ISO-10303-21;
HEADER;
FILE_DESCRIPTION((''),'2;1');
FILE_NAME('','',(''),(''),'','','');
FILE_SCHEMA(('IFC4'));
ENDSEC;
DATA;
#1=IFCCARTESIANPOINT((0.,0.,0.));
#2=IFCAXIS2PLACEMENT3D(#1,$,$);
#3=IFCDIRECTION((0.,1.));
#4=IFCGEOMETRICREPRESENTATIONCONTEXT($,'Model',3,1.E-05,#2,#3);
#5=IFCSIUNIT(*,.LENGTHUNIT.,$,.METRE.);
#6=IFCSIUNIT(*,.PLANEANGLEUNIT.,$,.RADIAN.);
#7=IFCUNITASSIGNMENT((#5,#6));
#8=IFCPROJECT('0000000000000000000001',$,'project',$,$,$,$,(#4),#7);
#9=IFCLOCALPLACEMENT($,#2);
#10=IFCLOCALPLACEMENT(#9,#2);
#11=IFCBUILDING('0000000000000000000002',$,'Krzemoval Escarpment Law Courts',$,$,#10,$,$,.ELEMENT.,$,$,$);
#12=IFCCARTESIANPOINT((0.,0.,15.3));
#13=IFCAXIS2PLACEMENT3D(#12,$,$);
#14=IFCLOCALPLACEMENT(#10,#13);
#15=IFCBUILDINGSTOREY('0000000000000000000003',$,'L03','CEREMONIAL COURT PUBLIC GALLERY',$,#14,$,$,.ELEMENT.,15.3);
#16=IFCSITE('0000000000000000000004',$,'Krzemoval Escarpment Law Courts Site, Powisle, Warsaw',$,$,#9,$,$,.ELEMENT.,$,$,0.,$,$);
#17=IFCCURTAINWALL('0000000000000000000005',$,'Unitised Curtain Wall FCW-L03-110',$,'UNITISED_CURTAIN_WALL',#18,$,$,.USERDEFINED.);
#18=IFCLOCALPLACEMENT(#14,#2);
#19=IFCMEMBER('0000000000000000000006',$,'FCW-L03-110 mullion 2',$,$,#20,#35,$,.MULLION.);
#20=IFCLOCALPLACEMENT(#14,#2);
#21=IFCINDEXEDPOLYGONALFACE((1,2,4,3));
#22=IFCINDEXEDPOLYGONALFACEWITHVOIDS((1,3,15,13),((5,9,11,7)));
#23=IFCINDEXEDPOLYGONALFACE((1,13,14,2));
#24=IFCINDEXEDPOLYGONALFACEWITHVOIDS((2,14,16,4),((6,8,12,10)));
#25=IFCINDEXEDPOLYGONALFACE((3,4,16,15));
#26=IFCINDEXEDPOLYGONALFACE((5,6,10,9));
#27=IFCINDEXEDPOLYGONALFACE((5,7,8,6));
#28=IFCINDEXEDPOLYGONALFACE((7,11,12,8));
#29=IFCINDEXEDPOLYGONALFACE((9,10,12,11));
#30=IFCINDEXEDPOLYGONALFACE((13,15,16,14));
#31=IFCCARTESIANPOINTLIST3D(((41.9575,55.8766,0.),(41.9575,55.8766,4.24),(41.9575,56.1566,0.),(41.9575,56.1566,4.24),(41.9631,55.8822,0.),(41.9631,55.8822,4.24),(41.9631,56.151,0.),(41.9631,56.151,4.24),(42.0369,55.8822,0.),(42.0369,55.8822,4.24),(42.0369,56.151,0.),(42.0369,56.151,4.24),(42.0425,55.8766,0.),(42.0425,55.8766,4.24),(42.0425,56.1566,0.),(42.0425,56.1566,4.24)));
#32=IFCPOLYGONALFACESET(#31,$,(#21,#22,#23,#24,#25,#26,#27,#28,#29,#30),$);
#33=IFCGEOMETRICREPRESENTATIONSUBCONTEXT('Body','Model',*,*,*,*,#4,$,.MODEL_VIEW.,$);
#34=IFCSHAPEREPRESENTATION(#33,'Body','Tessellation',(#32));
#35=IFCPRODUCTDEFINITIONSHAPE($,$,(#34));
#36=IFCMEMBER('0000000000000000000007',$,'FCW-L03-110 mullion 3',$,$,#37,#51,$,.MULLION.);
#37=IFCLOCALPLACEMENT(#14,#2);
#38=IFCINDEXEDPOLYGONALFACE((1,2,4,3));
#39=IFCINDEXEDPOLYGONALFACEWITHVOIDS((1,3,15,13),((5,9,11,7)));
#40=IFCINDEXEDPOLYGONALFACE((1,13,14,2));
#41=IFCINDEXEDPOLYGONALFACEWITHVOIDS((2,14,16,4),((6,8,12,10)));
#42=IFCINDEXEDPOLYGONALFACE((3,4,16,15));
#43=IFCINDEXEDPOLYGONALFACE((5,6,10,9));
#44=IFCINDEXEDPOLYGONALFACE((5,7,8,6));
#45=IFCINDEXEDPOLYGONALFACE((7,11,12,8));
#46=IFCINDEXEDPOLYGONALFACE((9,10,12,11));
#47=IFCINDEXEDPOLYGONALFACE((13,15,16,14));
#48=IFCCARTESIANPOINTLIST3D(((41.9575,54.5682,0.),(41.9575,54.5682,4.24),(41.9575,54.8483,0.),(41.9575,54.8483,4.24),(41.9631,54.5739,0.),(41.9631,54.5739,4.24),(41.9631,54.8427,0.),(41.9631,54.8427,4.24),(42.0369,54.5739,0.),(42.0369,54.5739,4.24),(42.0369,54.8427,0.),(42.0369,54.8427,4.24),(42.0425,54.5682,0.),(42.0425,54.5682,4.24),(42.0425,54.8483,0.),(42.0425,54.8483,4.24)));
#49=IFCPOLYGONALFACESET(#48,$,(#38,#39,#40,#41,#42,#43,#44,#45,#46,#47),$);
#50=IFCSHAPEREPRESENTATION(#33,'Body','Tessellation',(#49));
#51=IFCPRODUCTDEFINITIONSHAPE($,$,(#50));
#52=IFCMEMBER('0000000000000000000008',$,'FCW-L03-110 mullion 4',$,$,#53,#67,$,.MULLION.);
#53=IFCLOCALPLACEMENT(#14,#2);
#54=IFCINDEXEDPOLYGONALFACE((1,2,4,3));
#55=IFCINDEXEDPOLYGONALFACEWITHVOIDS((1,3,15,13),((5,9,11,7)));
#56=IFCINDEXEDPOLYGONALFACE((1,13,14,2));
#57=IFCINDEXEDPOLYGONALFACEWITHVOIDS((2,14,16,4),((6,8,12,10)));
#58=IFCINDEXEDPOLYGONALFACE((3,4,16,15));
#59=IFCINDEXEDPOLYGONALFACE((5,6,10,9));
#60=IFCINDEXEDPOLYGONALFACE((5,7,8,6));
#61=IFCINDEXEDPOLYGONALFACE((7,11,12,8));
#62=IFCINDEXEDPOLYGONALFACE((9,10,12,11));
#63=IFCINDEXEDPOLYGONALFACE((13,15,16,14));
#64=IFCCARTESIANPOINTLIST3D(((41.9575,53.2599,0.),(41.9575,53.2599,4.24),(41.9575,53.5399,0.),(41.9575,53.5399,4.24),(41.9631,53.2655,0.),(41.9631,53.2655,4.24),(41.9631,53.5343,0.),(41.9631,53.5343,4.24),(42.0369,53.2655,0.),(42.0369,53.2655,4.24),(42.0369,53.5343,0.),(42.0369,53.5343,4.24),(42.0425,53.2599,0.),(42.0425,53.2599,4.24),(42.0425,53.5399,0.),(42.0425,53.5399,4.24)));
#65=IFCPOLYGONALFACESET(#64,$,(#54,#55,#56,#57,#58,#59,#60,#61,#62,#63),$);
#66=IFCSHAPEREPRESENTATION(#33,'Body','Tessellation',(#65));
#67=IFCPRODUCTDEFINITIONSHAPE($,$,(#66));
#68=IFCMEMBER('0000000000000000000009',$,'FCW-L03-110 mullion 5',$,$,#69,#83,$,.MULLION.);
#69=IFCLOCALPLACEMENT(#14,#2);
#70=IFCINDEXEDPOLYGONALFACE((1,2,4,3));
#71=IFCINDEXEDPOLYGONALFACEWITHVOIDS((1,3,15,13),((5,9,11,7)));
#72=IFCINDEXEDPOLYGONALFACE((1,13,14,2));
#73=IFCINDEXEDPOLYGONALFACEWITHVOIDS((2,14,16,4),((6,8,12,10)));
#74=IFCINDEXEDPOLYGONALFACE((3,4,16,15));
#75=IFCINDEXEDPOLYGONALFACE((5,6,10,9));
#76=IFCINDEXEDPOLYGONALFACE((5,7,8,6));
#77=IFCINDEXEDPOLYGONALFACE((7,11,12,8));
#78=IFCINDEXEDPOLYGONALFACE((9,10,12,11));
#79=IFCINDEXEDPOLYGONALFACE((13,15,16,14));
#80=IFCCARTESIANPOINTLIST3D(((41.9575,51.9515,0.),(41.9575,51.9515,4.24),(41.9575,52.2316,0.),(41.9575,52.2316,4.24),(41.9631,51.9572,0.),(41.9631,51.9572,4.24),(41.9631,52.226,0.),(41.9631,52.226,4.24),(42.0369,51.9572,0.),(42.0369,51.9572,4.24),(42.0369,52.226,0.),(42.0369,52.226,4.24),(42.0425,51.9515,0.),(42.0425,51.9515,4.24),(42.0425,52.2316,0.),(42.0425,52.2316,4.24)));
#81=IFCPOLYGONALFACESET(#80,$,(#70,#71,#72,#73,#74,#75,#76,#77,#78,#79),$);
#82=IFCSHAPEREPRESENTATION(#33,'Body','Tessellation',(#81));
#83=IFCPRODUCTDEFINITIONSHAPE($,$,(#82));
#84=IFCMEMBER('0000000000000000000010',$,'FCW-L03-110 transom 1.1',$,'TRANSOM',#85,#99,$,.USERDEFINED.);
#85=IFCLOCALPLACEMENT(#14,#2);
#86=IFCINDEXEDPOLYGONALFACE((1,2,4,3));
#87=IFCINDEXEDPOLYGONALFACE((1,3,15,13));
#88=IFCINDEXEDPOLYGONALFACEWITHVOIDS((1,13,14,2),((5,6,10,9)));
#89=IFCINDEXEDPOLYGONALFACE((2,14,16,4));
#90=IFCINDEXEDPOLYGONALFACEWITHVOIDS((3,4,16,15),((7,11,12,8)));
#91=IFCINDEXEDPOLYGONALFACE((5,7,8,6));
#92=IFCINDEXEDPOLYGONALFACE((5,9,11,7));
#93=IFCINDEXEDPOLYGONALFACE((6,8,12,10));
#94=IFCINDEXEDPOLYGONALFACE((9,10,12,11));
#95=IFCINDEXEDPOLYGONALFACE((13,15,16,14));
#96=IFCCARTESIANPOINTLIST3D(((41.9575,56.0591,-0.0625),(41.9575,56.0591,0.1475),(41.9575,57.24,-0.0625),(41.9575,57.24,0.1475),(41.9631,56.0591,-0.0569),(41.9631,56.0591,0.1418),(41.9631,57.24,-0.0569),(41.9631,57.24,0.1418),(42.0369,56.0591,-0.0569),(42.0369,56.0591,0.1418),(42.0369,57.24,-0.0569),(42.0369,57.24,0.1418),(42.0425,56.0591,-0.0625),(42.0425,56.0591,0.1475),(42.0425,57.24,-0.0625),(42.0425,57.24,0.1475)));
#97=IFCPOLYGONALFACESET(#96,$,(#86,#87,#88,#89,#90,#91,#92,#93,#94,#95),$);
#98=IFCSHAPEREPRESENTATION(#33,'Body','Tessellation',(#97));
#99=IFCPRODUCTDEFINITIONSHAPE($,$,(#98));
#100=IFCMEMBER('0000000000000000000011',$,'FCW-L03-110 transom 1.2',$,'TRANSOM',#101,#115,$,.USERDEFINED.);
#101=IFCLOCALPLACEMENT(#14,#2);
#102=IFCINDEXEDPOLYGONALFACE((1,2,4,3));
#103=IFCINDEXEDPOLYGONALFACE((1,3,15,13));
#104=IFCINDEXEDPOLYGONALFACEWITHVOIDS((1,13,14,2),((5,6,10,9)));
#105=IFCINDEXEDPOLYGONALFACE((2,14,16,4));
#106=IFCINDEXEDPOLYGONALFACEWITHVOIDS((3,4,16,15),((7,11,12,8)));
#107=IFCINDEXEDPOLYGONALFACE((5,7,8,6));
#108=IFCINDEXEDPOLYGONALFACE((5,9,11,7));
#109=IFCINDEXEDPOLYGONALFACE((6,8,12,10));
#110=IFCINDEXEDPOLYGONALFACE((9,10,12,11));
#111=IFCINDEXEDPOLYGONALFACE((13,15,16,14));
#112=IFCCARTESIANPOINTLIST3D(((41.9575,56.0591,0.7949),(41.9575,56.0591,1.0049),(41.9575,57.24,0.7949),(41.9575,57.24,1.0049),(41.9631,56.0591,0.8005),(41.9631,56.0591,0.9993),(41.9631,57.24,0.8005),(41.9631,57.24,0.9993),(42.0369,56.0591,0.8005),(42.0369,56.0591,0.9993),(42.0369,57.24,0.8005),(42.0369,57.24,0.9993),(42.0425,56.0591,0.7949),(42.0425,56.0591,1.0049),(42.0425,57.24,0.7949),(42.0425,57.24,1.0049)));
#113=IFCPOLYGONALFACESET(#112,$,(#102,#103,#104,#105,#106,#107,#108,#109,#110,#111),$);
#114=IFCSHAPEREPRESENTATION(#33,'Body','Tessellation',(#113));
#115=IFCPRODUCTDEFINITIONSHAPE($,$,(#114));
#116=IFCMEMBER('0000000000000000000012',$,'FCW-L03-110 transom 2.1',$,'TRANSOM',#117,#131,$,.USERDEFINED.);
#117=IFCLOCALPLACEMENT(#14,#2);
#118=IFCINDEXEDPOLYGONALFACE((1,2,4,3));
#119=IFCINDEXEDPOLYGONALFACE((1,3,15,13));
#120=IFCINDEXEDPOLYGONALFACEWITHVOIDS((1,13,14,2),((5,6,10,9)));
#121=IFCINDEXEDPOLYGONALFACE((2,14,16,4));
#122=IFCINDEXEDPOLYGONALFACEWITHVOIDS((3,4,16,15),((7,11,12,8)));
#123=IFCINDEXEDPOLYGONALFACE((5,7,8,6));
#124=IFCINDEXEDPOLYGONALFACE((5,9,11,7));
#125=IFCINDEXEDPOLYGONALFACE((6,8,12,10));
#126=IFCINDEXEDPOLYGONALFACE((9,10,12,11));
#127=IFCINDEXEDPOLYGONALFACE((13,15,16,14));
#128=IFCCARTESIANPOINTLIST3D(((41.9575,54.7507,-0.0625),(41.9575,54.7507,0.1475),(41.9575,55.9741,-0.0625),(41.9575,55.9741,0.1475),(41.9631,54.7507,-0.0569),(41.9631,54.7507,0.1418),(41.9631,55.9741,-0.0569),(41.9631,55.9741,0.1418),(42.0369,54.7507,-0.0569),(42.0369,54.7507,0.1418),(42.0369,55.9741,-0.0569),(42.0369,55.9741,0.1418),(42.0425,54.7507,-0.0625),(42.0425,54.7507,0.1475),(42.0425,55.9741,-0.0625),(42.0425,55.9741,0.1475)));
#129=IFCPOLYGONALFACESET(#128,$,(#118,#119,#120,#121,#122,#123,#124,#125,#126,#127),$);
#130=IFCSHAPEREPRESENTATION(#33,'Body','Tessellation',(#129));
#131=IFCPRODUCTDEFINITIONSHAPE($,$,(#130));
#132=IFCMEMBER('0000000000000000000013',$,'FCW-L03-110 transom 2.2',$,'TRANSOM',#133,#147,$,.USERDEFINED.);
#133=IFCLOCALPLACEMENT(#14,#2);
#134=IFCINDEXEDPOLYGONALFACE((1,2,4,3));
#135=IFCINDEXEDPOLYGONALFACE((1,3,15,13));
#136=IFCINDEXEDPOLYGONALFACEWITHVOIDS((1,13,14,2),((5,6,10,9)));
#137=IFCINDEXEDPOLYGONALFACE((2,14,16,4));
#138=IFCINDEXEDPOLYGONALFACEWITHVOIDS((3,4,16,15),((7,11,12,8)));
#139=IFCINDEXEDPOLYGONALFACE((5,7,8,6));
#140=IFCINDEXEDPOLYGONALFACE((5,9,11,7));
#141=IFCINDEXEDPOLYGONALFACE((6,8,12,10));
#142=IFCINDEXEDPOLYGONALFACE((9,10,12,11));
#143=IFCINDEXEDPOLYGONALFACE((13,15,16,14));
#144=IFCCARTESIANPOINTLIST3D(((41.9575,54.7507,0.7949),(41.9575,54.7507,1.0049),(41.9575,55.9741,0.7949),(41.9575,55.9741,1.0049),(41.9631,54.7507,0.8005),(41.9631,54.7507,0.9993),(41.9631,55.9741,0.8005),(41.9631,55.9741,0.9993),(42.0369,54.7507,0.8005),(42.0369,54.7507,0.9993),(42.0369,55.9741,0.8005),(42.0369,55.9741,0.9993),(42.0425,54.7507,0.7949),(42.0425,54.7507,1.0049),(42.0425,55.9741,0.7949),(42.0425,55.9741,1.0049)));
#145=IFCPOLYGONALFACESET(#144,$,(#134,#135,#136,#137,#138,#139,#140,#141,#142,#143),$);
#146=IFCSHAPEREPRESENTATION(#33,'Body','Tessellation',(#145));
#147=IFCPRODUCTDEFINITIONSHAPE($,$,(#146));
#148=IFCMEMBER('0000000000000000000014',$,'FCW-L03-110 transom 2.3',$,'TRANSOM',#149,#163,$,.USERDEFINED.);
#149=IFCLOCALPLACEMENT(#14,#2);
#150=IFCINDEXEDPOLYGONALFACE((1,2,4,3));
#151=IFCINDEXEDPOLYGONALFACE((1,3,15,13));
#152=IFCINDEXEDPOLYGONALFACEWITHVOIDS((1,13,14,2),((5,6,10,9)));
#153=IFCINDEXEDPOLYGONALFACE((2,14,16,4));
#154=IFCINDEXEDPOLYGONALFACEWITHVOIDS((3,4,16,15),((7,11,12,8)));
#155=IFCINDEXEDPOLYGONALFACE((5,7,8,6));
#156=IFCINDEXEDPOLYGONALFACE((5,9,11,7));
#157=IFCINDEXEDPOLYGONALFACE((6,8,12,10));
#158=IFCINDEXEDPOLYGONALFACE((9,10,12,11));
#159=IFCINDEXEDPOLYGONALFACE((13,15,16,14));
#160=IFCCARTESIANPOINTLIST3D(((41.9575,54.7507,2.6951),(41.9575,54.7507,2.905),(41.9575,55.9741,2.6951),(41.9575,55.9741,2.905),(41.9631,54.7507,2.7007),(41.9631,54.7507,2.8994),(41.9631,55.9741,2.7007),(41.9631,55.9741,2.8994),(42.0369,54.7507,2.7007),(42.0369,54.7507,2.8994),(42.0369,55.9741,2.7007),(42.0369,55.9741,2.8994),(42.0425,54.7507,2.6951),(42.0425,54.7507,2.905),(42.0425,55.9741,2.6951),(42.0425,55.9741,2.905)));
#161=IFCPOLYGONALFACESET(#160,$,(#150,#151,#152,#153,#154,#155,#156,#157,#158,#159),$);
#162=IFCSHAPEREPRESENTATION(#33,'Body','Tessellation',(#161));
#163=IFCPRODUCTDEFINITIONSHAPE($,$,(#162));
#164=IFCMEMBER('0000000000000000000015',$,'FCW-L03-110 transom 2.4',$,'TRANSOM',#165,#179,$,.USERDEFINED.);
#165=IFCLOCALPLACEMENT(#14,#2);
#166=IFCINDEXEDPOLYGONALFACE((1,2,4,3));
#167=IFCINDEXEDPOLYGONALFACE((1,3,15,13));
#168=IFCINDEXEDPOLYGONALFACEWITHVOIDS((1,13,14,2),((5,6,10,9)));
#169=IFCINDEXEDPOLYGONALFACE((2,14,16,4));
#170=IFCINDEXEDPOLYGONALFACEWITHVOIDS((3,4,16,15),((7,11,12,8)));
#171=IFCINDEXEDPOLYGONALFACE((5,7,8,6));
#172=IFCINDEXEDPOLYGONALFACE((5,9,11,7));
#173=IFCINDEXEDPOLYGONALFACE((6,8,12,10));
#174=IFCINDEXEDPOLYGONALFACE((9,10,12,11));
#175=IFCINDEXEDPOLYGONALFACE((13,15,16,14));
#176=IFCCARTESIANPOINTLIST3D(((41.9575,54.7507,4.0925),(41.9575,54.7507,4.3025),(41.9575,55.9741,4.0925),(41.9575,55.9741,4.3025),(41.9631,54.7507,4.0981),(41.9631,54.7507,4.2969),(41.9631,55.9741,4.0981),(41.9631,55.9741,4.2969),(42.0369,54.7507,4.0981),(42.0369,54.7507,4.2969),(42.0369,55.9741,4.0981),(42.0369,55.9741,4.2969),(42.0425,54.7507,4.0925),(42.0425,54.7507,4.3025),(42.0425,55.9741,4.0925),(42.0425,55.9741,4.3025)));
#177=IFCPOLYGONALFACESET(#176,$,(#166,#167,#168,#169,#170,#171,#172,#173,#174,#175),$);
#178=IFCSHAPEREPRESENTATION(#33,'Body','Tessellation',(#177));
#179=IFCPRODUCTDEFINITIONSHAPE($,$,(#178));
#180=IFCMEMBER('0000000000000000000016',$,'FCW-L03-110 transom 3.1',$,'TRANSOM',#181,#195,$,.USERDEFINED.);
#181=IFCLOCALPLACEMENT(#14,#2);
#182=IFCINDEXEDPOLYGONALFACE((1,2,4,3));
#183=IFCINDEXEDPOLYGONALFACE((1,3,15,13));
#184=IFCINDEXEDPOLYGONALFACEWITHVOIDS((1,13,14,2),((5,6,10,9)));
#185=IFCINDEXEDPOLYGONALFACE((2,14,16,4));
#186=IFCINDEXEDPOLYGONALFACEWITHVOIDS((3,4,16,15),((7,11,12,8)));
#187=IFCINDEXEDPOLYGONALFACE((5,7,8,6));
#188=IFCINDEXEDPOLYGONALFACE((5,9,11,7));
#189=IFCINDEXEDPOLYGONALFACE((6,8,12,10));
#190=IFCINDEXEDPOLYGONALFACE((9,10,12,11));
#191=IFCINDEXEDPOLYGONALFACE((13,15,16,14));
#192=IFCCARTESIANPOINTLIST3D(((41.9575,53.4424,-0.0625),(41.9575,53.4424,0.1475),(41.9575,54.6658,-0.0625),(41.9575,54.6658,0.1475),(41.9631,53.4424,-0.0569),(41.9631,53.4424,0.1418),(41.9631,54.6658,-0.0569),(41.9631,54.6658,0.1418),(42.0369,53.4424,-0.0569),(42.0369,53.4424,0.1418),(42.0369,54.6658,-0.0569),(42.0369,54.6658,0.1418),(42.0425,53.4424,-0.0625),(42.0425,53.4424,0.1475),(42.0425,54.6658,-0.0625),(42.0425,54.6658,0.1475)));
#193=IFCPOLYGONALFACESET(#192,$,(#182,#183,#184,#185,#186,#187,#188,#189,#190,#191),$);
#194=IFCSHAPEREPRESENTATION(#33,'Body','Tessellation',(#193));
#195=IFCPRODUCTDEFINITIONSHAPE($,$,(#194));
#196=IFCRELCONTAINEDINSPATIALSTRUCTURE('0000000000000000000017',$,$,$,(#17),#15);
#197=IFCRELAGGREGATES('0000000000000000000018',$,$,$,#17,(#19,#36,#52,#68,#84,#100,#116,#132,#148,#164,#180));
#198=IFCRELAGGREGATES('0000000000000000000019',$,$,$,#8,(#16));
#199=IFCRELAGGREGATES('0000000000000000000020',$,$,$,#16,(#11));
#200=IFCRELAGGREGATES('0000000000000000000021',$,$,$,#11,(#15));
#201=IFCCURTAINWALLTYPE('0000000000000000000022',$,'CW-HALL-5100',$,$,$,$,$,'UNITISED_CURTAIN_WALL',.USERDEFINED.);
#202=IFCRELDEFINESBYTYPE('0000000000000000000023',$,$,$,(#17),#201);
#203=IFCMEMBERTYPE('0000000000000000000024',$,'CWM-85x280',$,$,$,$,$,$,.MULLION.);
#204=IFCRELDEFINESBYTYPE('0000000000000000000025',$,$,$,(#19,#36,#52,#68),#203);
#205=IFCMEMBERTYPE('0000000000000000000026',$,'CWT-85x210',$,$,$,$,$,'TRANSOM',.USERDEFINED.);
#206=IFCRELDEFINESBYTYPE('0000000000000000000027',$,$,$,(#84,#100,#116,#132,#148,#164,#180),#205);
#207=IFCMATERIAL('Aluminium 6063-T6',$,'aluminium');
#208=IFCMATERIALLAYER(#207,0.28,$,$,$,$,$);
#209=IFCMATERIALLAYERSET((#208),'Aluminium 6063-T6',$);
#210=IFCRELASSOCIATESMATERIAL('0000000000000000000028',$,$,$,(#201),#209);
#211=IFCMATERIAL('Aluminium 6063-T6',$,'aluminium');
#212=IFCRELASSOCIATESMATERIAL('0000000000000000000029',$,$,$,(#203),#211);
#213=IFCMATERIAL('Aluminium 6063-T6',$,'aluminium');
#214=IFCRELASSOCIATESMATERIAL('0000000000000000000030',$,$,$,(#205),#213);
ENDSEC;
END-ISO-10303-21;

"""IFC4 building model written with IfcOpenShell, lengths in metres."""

from ifc_helpers import new_model, si_unit, direction, frame, origin, origin_2d, place, context, subcontext, project, spatial, hollow_rectangle, extrude, material, layer, layer_set, material_profile, profile_set, type_object, element, aggregate, save


model = new_model("IFC4")

# Units and contexts
model_context = context("Model", 3, precision=1e-05, world=origin(), true_north=direction((0.0, 1.0)))
body_context = subcontext(model_context, "Body", "Model", "MODEL_VIEW")
ifc_project = project(units=[si_unit("LENGTHUNIT", "METRE"), si_unit("PLANEANGLEUNIT", "RADIAN")], contexts=[model_context])

# Site, building, storey
site_placement = place(None, origin())
site = spatial("IfcSite", under=ifc_project, at=site_placement, Name="Krzemoval Escarpment Law Courts Site, Powisle, Warsaw", CompositionType="ELEMENT", RefElevation=0.0)
building_placement = place(site_placement, origin())
building = spatial("IfcBuilding", under=site, at=building_placement, Name="Krzemoval Escarpment Law Courts", CompositionType="ELEMENT")
storey_placement = place(building_placement, frame((0.0, 0.0, 15.3)))
storey = spatial("IfcBuildingStorey", under=building, at=storey_placement, Name="L03", Description="CEREMONIAL COURT PUBLIC GALLERY", CompositionType="ELEMENT", Elevation=15.3)

# Curtain wall, members
ifc_material_1 = material(Name="Aluminium 6063-T6", Category="aluminium")
ifc_layer_1 = layer(ifc_material_1, 0.28)
ifc_layer_set_1 = layer_set([ifc_layer_1], Name="Aluminium 6063-T6")
curtain_wall_type = type_object("IfcCurtainWallType", Name="CW-HALL-5100", ElementType="UNITISED_CURTAIN_WALL", PredefinedType="USERDEFINED", material=ifc_layer_set_1)
curtain_wall_placement = place(storey_placement, origin())
curtain_wall = element("IfcCurtainWall", 1, at=curtain_wall_placement, inside=storey, type_object=curtain_wall_type, Name="Unitised Curtain Wall FCW-L03-110", ObjectType="UNITISED_CURTAIN_WALL", PredefinedType="USERDEFINED")
ifc_material_2 = material(Name="Aluminium 6063-T6", Category="aluminium")
ifc_material_profile_1 = material_profile(ifc_material_2, hollow_rectangle(XDim=0.085, YDim=0.28, WallThickness=0.0056, at=origin_2d()), Name="ALU M85x280")
ifc_profile_set_1 = profile_set([ifc_material_profile_1], Name="Aluminium 6063-T6")
member_type_1 = type_object("IfcMemberType", Name="CWM-85x280", PredefinedType="MULLION", material=ifc_profile_set_1)
member_1_placement = place(storey_placement, frame((42.0, 56.0166, 0.0), z_axis=(0.0, 0.0, 1.0), x_axis=(1.0, 0.0, 0.0)))
member_1 = element("IfcMember", 2, at=member_1_placement, type_object=member_type_1, Name="FCW-L03-110 mullion 2", PredefinedType="MULLION", context=body_context, shape_type="SweptSolid", body=[
    extrude(hollow_rectangle(XDim=0.085, YDim=0.28, WallThickness=0.0056, at=origin_2d()), origin(), (0.0, 0.0, 1.0), 4.24),
])
member_2_placement = place(storey_placement, frame((42.0, 54.7083, 0.0), z_axis=(0.0, 0.0, 1.0), x_axis=(1.0, 0.0, 0.0)))
member_2 = element("IfcMember", 3, at=member_2_placement, type_object=member_type_1, Name="FCW-L03-110 mullion 3", PredefinedType="MULLION", context=body_context, shape_type="SweptSolid", body=[
    extrude(hollow_rectangle(XDim=0.085, YDim=0.28, WallThickness=0.0056, at=origin_2d()), origin(), (0.0, 0.0, 1.0), 4.24),
])
member_3_placement = place(storey_placement, frame((42.0, 53.3999, 0.0), z_axis=(0.0, 0.0, 1.0), x_axis=(1.0, 0.0, 0.0)))
member_3 = element("IfcMember", 4, at=member_3_placement, type_object=member_type_1, Name="FCW-L03-110 mullion 4", PredefinedType="MULLION", context=body_context, shape_type="SweptSolid", body=[
    extrude(hollow_rectangle(XDim=0.085, YDim=0.28, WallThickness=0.0056, at=origin_2d()), origin(), (0.0, 0.0, 1.0), 4.24),
])
member_4_placement = place(storey_placement, frame((42.0, 52.0916, 0.0), z_axis=(0.0, 0.0, 1.0), x_axis=(1.0, 0.0, 0.0)))
member_4 = element("IfcMember", 5, at=member_4_placement, type_object=member_type_1, Name="FCW-L03-110 mullion 5", PredefinedType="MULLION", context=body_context, shape_type="SweptSolid", body=[
    extrude(hollow_rectangle(XDim=0.085, YDim=0.28, WallThickness=0.0056, at=origin_2d()), origin(), (0.0, 0.0, 1.0), 4.24),
])
ifc_material_3 = material(Name="Aluminium 6063-T6", Category="aluminium")
ifc_material_profile_2 = material_profile(ifc_material_3, hollow_rectangle(XDim=0.085, YDim=0.21, WallThickness=0.0056, at=origin_2d()), Name="ALU T85x210")
ifc_profile_set_2 = profile_set([ifc_material_profile_2], Name="Aluminium 6063-T6")
member_type_2 = type_object("IfcMemberType", Name="CWT-85x210", ElementType="TRANSOM", PredefinedType="USERDEFINED", material=ifc_profile_set_2)
member_5_placement = place(storey_placement, frame((42.0, 57.24, 0.0425), z_axis=(0.0, -1.0, 0.0), x_axis=(1.0, 0.0, 0.0)))
member_5 = element("IfcMember", 6, at=member_5_placement, type_object=member_type_2, Name="FCW-L03-110 transom 1.1", ObjectType="TRANSOM", PredefinedType="USERDEFINED", context=body_context, shape_type="SweptSolid", body=[
    extrude(hollow_rectangle(XDim=0.085, YDim=0.21, WallThickness=0.0056, at=origin_2d()), origin(), (0.0, 0.0, 1.0), 1.1809),
])
member_6_placement = place(storey_placement, frame((42.0, 57.24, 0.8999), z_axis=(0.0, -1.0, 0.0), x_axis=(1.0, 0.0, 0.0)))
member_6 = element("IfcMember", 7, at=member_6_placement, type_object=member_type_2, Name="FCW-L03-110 transom 1.2", ObjectType="TRANSOM", PredefinedType="USERDEFINED", context=body_context, shape_type="SweptSolid", body=[
    extrude(hollow_rectangle(XDim=0.085, YDim=0.21, WallThickness=0.0056, at=origin_2d()), origin(), (0.0, 0.0, 1.0), 1.1809),
])
member_7_placement = place(storey_placement, frame((42.0, 55.9741, 0.0425), z_axis=(0.0, -1.0, 0.0), x_axis=(1.0, 0.0, 0.0)))
member_7 = element("IfcMember", 8, at=member_7_placement, type_object=member_type_2, Name="FCW-L03-110 transom 2.1", ObjectType="TRANSOM", PredefinedType="USERDEFINED", context=body_context, shape_type="SweptSolid", body=[
    extrude(hollow_rectangle(XDim=0.085, YDim=0.21, WallThickness=0.0056, at=origin_2d()), origin(), (0.0, 0.0, 1.0), 1.2234),
])
member_8_placement = place(storey_placement, frame((42.0, 55.9741, 0.8999), z_axis=(0.0, -1.0, 0.0), x_axis=(1.0, 0.0, 0.0)))
member_8 = element("IfcMember", 9, at=member_8_placement, type_object=member_type_2, Name="FCW-L03-110 transom 2.2", ObjectType="TRANSOM", PredefinedType="USERDEFINED", context=body_context, shape_type="SweptSolid", body=[
    extrude(hollow_rectangle(XDim=0.085, YDim=0.21, WallThickness=0.0056, at=origin_2d()), origin(), (0.0, 0.0, 1.0), 1.2234),
])
member_9_placement = place(storey_placement, frame((42.0, 55.9741, 2.8), z_axis=(0.0, -1.0, 0.0), x_axis=(1.0, 0.0, 0.0)))
member_9 = element("IfcMember", 10, at=member_9_placement, type_object=member_type_2, Name="FCW-L03-110 transom 2.3", ObjectType="TRANSOM", PredefinedType="USERDEFINED", context=body_context, shape_type="SweptSolid", body=[
    extrude(hollow_rectangle(XDim=0.085, YDim=0.21, WallThickness=0.0056, at=origin_2d()), origin(), (0.0, 0.0, 1.0), 1.2234),
])
member_10_placement = place(storey_placement, frame((42.0, 55.9741, 4.1975), z_axis=(0.0, -1.0, 0.0), x_axis=(1.0, 0.0, 0.0)))
member_10 = element("IfcMember", 11, at=member_10_placement, type_object=member_type_2, Name="FCW-L03-110 transom 2.4", ObjectType="TRANSOM", PredefinedType="USERDEFINED", context=body_context, shape_type="SweptSolid", body=[
    extrude(hollow_rectangle(XDim=0.085, YDim=0.21, WallThickness=0.0056, at=origin_2d()), origin(), (0.0, 0.0, 1.0), 1.2234),
])
member_11_placement = place(storey_placement, frame((42.0, 54.6658, 0.0425), z_axis=(0.0, -1.0, 0.0), x_axis=(1.0, 0.0, 0.0)))
member_11 = element("IfcMember", 12, at=member_11_placement, type_object=member_type_2, Name="FCW-L03-110 transom 3.1", ObjectType="TRANSOM", PredefinedType="USERDEFINED", context=body_context, shape_type="SweptSolid", body=[
    extrude(hollow_rectangle(XDim=0.085, YDim=0.21, WallThickness=0.0056, at=origin_2d()), origin(), (0.0, 0.0, 1.0), 1.2234),
])
aggregate(curtain_wall, [member_1, member_2, member_3, member_4, member_5, member_6, member_7, member_8, member_9, member_10, member_11])

save(model, "model.ifc")
